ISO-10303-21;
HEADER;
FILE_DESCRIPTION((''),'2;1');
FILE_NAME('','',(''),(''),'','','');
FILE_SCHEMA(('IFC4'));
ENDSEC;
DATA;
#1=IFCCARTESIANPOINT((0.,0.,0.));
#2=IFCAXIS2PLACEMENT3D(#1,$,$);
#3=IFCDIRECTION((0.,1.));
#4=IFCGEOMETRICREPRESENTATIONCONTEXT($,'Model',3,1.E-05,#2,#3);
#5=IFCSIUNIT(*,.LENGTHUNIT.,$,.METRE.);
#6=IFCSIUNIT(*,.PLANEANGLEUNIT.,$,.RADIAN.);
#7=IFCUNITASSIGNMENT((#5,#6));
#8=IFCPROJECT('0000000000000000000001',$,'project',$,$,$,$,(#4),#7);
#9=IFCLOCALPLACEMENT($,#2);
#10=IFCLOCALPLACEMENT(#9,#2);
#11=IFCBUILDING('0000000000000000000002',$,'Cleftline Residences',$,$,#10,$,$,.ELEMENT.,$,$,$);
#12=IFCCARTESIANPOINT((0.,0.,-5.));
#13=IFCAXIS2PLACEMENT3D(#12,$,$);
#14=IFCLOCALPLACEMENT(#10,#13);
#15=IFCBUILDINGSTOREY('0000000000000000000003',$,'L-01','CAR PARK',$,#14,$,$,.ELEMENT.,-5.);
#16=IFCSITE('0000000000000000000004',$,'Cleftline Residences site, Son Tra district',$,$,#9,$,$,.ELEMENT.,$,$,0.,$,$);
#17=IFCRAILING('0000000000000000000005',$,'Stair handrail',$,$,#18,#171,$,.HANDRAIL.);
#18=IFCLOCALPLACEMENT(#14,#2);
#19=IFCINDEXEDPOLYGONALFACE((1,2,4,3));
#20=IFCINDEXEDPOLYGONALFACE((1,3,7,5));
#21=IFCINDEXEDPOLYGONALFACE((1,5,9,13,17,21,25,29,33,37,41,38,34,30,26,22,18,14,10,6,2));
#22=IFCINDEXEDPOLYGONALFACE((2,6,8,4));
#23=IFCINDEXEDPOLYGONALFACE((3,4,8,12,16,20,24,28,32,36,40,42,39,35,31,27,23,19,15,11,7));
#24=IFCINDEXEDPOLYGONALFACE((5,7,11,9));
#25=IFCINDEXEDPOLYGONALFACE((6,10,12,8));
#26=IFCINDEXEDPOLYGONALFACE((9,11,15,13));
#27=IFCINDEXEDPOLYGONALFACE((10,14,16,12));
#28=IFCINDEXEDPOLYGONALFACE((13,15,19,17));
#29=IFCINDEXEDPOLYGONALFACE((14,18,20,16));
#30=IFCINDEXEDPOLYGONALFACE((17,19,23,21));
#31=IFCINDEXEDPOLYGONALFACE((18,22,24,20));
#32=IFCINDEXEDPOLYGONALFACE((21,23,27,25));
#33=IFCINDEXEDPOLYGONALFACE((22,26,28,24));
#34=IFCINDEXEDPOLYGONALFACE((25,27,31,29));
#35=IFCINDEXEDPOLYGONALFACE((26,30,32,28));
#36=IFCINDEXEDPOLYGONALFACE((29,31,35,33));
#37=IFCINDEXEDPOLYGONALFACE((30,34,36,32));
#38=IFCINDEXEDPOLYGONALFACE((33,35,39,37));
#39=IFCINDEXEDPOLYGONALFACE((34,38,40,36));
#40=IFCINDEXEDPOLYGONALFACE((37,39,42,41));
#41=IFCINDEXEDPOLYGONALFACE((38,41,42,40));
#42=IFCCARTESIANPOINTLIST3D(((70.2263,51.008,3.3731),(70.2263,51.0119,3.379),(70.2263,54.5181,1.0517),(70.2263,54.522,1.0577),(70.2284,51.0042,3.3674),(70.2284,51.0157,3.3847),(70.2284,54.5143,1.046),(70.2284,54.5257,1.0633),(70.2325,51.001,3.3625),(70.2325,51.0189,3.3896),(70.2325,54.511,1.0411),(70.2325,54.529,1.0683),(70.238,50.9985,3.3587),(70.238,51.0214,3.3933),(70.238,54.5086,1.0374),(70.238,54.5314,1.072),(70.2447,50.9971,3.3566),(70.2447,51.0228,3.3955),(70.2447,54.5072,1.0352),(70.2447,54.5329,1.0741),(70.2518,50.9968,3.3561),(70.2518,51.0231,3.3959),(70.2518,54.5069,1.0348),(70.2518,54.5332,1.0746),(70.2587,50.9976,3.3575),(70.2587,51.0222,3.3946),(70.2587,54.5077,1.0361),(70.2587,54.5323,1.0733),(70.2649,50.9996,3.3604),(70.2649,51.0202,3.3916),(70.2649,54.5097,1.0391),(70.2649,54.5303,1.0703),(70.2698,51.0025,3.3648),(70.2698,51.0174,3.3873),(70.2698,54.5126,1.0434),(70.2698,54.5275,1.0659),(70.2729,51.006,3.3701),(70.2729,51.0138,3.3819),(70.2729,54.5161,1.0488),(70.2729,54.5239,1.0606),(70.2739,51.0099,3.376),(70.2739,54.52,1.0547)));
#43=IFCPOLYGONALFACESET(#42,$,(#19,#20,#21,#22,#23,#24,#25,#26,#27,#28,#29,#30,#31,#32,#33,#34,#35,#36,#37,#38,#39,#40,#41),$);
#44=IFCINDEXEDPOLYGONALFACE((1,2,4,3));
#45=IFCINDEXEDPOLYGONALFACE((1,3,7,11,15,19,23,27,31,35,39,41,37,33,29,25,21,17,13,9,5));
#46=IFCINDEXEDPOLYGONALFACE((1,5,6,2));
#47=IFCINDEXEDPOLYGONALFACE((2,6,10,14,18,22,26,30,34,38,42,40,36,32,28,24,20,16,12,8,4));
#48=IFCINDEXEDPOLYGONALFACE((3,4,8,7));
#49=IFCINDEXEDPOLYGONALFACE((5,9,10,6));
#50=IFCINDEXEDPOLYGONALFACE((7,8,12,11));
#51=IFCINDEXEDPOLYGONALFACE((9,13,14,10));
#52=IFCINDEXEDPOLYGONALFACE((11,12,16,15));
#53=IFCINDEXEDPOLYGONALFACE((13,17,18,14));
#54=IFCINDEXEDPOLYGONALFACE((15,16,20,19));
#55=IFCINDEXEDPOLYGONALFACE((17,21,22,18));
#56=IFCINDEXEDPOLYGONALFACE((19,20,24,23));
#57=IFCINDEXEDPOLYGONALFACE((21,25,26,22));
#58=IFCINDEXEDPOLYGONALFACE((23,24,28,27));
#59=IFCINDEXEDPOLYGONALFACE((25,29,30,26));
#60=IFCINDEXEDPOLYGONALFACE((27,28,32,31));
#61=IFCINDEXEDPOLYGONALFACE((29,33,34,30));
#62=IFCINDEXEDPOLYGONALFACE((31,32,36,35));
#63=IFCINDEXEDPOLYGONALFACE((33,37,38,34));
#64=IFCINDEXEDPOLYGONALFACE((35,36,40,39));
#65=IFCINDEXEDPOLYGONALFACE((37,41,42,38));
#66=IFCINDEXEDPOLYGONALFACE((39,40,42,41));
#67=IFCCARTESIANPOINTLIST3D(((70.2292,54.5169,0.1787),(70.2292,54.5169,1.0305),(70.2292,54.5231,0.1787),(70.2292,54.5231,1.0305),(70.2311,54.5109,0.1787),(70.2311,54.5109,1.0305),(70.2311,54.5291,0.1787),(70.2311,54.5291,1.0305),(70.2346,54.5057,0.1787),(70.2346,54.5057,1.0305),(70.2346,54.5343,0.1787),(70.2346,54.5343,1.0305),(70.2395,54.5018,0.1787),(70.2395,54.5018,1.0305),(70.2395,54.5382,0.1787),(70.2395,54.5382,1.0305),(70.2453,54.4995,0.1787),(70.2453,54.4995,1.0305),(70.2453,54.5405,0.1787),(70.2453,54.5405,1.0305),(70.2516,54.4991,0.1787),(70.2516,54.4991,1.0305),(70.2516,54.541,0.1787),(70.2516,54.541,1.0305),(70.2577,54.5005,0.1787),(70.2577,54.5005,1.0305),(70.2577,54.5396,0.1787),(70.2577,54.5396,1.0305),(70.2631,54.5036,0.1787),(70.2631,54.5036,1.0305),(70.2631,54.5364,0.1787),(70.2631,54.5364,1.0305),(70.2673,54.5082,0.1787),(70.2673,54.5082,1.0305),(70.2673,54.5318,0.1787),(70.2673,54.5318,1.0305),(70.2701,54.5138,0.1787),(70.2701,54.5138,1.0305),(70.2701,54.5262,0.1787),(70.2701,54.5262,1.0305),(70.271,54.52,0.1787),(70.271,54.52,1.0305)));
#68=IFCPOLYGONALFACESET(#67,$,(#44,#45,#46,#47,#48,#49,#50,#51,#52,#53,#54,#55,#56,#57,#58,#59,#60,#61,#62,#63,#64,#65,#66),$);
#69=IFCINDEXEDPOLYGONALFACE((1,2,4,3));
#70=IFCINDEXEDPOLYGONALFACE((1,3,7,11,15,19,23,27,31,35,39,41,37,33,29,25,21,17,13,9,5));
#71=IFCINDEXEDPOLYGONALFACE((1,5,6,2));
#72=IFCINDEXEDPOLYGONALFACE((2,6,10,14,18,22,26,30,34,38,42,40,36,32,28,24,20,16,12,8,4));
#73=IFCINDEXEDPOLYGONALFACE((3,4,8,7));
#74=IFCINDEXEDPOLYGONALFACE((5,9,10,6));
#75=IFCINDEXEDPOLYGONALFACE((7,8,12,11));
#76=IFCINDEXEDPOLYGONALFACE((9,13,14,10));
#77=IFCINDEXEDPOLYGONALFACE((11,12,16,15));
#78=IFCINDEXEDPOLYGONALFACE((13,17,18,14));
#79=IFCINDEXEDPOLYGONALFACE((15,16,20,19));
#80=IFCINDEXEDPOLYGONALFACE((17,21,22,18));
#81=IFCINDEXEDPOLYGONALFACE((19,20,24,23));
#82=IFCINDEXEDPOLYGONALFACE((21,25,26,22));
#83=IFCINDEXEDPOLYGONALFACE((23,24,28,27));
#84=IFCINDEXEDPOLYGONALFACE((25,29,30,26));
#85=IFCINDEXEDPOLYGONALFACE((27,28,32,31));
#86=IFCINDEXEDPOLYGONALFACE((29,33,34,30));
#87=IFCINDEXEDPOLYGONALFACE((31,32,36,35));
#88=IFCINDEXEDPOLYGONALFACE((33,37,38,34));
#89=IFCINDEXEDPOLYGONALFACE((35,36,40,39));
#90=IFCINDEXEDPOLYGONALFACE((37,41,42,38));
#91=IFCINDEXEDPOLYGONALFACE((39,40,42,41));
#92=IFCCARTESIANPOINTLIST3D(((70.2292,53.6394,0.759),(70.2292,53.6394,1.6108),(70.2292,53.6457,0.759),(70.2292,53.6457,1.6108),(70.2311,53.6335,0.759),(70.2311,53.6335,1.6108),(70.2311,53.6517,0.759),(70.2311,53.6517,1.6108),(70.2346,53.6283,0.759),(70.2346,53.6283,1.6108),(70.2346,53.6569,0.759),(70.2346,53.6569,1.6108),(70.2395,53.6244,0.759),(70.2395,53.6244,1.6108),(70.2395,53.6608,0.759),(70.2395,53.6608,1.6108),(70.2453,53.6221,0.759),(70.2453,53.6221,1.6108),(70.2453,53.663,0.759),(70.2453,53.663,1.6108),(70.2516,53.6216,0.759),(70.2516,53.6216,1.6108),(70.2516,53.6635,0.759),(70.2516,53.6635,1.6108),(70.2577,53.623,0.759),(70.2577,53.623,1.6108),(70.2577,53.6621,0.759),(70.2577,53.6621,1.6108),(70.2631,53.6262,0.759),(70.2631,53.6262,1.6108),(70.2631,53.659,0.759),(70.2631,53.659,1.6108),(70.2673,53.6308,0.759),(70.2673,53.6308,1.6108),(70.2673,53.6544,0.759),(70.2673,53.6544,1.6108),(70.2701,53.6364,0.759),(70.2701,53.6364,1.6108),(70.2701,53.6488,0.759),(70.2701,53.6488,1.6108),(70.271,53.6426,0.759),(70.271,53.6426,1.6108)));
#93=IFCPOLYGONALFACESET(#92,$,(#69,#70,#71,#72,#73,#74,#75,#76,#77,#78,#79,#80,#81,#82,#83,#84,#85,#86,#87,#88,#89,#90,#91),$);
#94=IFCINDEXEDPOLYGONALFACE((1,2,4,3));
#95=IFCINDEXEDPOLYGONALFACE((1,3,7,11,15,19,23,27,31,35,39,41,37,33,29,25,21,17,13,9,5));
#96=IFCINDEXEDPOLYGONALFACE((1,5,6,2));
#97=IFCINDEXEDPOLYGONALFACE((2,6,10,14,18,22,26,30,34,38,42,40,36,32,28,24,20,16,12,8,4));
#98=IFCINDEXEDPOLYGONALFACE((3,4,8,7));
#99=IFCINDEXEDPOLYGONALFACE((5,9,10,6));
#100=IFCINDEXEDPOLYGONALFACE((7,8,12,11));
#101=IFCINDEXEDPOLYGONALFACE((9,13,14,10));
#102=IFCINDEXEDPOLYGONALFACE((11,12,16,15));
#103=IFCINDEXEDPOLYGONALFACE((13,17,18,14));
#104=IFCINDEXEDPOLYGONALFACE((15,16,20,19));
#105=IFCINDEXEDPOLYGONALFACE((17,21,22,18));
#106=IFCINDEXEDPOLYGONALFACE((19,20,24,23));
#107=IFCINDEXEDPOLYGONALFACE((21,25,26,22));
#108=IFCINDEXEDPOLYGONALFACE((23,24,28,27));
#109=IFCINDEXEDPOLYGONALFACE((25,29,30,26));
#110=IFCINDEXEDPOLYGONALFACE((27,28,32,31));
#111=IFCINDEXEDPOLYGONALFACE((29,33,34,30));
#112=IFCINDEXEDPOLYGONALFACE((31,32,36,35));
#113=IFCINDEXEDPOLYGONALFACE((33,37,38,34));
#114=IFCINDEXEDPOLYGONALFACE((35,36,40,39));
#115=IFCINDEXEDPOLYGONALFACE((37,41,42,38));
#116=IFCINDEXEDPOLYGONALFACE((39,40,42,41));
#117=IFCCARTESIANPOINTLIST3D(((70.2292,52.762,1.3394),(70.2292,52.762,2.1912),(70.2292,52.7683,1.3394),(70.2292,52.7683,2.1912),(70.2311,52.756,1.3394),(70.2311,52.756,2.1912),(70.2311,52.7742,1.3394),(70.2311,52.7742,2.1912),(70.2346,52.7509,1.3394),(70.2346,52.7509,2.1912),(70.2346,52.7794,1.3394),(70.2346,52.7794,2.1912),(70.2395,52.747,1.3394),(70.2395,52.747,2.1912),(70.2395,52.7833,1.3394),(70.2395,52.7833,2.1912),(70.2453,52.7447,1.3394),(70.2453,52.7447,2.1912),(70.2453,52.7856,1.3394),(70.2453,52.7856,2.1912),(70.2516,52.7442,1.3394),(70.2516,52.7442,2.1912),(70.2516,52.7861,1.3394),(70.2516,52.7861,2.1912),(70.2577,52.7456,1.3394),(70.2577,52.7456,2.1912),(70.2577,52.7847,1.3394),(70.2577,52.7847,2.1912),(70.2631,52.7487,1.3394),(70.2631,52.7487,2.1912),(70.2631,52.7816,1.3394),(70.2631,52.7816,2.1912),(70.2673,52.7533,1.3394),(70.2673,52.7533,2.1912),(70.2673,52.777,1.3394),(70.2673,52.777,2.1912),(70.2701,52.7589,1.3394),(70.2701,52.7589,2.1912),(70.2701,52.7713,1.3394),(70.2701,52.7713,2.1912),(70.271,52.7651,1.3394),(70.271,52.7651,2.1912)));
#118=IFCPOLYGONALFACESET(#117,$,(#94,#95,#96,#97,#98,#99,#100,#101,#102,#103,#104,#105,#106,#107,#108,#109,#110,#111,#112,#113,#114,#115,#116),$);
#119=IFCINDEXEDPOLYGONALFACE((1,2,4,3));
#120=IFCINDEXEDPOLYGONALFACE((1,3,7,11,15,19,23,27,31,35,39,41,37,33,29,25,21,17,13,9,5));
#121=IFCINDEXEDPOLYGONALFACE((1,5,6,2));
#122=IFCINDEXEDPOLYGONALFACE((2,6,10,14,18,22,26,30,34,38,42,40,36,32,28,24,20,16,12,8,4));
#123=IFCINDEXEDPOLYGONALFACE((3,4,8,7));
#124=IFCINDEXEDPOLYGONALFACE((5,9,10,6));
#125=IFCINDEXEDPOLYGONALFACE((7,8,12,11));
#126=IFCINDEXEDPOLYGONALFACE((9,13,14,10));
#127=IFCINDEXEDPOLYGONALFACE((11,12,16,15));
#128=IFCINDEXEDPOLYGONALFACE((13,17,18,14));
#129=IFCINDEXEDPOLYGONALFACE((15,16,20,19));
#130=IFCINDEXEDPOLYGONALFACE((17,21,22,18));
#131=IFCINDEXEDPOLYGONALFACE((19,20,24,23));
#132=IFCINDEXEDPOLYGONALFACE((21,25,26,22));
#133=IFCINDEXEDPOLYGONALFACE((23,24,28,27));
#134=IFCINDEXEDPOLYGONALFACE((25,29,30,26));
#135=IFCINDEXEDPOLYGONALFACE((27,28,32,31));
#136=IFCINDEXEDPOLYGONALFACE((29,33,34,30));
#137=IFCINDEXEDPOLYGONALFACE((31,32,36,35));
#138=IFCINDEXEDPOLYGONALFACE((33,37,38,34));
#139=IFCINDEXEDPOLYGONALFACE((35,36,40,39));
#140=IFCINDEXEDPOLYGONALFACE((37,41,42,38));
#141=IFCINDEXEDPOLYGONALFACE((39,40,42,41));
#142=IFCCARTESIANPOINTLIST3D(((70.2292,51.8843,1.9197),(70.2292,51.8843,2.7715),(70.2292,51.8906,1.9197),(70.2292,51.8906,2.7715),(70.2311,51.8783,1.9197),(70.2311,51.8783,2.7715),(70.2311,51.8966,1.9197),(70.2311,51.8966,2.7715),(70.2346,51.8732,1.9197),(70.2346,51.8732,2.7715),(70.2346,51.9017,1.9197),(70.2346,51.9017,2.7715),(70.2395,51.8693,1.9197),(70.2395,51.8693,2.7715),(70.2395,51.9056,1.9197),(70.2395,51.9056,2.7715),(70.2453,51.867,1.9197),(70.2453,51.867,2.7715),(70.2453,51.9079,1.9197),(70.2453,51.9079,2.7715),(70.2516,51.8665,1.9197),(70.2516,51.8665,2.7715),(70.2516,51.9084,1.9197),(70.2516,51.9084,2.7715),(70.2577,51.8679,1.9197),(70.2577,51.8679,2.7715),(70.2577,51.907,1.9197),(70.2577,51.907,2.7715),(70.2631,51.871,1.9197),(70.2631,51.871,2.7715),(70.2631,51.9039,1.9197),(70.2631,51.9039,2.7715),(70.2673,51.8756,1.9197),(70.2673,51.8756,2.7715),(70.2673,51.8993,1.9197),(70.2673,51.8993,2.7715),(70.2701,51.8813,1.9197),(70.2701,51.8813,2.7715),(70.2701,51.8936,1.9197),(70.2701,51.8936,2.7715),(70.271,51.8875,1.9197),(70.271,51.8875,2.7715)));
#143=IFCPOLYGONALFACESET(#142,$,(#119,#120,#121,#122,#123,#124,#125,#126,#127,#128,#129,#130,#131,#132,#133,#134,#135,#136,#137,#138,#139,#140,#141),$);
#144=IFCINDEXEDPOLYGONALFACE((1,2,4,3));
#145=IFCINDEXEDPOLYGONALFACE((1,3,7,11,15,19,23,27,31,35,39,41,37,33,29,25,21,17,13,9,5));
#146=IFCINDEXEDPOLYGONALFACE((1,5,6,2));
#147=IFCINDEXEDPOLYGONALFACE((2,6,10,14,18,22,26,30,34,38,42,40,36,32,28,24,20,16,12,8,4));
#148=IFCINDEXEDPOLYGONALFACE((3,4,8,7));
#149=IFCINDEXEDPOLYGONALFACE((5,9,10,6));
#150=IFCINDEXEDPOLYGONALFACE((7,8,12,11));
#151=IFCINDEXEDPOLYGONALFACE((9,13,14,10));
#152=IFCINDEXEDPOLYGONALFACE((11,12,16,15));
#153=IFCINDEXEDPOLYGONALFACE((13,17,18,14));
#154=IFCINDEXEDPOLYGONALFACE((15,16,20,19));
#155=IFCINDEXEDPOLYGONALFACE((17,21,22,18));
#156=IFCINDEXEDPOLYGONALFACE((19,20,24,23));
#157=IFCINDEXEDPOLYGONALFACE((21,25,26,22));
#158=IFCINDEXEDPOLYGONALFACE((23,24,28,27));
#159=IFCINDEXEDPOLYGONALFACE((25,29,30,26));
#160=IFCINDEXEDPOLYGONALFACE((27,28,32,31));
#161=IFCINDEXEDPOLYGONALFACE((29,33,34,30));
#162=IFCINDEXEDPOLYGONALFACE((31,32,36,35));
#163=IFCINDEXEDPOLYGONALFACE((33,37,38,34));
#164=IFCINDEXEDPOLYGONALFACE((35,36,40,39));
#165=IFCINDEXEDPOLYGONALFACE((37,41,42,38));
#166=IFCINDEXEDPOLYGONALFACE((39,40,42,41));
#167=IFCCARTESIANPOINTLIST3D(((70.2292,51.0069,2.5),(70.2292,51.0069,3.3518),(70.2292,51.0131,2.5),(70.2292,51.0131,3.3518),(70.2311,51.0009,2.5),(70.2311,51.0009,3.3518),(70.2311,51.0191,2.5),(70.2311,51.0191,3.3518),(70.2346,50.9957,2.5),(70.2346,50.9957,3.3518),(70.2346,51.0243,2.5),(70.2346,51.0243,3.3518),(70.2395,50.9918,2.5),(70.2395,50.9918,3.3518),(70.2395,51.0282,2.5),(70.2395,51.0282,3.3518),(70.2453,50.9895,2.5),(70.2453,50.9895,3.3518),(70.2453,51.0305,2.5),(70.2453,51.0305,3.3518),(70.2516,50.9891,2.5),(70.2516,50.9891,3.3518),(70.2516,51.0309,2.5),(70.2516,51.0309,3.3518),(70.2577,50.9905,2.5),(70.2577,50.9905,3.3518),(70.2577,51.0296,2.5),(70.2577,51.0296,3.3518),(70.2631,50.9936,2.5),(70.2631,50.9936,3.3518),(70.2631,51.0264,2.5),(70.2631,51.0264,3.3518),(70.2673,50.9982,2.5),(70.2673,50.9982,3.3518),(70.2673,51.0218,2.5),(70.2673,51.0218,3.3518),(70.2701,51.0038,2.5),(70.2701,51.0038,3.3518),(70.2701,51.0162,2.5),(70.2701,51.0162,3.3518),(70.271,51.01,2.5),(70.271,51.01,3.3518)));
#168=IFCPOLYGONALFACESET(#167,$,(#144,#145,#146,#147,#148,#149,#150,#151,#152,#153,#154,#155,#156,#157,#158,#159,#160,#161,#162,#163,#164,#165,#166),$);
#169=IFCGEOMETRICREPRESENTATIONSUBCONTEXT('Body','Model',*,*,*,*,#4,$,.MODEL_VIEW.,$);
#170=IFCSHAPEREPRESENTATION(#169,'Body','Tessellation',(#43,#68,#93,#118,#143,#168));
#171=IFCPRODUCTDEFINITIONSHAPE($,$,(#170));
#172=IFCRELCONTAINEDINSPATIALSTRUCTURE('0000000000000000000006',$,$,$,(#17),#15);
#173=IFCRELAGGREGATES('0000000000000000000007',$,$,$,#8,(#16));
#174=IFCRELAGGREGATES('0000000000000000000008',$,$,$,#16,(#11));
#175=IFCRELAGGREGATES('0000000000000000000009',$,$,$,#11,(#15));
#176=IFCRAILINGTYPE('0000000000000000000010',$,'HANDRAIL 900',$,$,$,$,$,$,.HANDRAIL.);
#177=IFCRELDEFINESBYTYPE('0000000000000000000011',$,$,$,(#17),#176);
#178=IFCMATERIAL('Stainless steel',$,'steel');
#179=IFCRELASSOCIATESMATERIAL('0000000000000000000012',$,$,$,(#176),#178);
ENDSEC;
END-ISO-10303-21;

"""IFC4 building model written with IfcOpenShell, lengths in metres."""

from ifc_helpers import new_model, si_unit, direction, frame, origin, origin_2d, place, context, subcontext, project, spatial, circle, extrude, material, type_object, element, save


model = new_model("IFC4")

# Units and contexts
model_context = context("Model", 3, precision=1e-05, world=origin(), true_north=direction((0.0, 1.0)))
body_context = subcontext(model_context, "Body", "Model", "MODEL_VIEW")
ifc_project = project(units=[si_unit("LENGTHUNIT", "METRE"), si_unit("PLANEANGLEUNIT", "RADIAN")], contexts=[model_context])

# Site, building, storey
site_placement = place(None, origin())
site = spatial("IfcSite", under=ifc_project, at=site_placement, Name="Cleftline Residences site, Son Tra district", CompositionType="ELEMENT", RefElevation=0.0)
building_placement = place(site_placement, origin())
building = spatial("IfcBuilding", under=site, at=building_placement, Name="Cleftline Residences", CompositionType="ELEMENT")
storey_placement = place(building_placement, frame((0.0, 0.0, -5.0)))
storey = spatial("IfcBuildingStorey", under=building, at=storey_placement, Name="L-01", Description="CAR PARK", CompositionType="ELEMENT", Elevation=-5.0)

# Railing
ifc_material_1 = material(Name="Stainless steel", Category="steel")
railing_type = type_object("IfcRailingType", Name="HANDRAIL 900", PredefinedType="HANDRAIL", material=ifc_material_1)
railing_placement = place(storey_placement, frame((70.25, 54.52, 0.1787)))
element("IfcRailing", 1, at=railing_placement, inside=storey, type_object=railing_type, Name="Stair handrail", PredefinedType="HANDRAIL", context=body_context, shape_type="SweptSolid", body=[
    extrude(circle(Radius=0.0239, at=origin_2d()), frame((0.0, 0.0, 0.876), z_axis=(0.0, -0.834097, 0.551617), x_axis=(1.0, 0.0, 0.0)), (0.0, 0.0, 1.0), 4.2083),
    extrude(circle(Radius=0.021, at=origin_2d()), origin(), (0.0, 0.0, 1.0), 0.8518),
    extrude(circle(Radius=0.021, at=origin_2d()), frame((0.0, -0.8774, 0.5803)), (0.0, 0.0, 1.0), 0.8518),
    extrude(circle(Radius=0.021, at=origin_2d()), frame((0.0, -1.7549, 1.1606)), (0.0, 0.0, 1.0), 0.8518),
    extrude(circle(Radius=0.021, at=origin_2d()), frame((0.0, -2.6326, 1.741)), (0.0, 0.0, 1.0), 0.8518),
    extrude(circle(Radius=0.021, at=origin_2d()), frame((0.0, -3.51, 2.3213)), (0.0, 0.0, 1.0), 0.8518),
])

save(model, "model.ifc")
